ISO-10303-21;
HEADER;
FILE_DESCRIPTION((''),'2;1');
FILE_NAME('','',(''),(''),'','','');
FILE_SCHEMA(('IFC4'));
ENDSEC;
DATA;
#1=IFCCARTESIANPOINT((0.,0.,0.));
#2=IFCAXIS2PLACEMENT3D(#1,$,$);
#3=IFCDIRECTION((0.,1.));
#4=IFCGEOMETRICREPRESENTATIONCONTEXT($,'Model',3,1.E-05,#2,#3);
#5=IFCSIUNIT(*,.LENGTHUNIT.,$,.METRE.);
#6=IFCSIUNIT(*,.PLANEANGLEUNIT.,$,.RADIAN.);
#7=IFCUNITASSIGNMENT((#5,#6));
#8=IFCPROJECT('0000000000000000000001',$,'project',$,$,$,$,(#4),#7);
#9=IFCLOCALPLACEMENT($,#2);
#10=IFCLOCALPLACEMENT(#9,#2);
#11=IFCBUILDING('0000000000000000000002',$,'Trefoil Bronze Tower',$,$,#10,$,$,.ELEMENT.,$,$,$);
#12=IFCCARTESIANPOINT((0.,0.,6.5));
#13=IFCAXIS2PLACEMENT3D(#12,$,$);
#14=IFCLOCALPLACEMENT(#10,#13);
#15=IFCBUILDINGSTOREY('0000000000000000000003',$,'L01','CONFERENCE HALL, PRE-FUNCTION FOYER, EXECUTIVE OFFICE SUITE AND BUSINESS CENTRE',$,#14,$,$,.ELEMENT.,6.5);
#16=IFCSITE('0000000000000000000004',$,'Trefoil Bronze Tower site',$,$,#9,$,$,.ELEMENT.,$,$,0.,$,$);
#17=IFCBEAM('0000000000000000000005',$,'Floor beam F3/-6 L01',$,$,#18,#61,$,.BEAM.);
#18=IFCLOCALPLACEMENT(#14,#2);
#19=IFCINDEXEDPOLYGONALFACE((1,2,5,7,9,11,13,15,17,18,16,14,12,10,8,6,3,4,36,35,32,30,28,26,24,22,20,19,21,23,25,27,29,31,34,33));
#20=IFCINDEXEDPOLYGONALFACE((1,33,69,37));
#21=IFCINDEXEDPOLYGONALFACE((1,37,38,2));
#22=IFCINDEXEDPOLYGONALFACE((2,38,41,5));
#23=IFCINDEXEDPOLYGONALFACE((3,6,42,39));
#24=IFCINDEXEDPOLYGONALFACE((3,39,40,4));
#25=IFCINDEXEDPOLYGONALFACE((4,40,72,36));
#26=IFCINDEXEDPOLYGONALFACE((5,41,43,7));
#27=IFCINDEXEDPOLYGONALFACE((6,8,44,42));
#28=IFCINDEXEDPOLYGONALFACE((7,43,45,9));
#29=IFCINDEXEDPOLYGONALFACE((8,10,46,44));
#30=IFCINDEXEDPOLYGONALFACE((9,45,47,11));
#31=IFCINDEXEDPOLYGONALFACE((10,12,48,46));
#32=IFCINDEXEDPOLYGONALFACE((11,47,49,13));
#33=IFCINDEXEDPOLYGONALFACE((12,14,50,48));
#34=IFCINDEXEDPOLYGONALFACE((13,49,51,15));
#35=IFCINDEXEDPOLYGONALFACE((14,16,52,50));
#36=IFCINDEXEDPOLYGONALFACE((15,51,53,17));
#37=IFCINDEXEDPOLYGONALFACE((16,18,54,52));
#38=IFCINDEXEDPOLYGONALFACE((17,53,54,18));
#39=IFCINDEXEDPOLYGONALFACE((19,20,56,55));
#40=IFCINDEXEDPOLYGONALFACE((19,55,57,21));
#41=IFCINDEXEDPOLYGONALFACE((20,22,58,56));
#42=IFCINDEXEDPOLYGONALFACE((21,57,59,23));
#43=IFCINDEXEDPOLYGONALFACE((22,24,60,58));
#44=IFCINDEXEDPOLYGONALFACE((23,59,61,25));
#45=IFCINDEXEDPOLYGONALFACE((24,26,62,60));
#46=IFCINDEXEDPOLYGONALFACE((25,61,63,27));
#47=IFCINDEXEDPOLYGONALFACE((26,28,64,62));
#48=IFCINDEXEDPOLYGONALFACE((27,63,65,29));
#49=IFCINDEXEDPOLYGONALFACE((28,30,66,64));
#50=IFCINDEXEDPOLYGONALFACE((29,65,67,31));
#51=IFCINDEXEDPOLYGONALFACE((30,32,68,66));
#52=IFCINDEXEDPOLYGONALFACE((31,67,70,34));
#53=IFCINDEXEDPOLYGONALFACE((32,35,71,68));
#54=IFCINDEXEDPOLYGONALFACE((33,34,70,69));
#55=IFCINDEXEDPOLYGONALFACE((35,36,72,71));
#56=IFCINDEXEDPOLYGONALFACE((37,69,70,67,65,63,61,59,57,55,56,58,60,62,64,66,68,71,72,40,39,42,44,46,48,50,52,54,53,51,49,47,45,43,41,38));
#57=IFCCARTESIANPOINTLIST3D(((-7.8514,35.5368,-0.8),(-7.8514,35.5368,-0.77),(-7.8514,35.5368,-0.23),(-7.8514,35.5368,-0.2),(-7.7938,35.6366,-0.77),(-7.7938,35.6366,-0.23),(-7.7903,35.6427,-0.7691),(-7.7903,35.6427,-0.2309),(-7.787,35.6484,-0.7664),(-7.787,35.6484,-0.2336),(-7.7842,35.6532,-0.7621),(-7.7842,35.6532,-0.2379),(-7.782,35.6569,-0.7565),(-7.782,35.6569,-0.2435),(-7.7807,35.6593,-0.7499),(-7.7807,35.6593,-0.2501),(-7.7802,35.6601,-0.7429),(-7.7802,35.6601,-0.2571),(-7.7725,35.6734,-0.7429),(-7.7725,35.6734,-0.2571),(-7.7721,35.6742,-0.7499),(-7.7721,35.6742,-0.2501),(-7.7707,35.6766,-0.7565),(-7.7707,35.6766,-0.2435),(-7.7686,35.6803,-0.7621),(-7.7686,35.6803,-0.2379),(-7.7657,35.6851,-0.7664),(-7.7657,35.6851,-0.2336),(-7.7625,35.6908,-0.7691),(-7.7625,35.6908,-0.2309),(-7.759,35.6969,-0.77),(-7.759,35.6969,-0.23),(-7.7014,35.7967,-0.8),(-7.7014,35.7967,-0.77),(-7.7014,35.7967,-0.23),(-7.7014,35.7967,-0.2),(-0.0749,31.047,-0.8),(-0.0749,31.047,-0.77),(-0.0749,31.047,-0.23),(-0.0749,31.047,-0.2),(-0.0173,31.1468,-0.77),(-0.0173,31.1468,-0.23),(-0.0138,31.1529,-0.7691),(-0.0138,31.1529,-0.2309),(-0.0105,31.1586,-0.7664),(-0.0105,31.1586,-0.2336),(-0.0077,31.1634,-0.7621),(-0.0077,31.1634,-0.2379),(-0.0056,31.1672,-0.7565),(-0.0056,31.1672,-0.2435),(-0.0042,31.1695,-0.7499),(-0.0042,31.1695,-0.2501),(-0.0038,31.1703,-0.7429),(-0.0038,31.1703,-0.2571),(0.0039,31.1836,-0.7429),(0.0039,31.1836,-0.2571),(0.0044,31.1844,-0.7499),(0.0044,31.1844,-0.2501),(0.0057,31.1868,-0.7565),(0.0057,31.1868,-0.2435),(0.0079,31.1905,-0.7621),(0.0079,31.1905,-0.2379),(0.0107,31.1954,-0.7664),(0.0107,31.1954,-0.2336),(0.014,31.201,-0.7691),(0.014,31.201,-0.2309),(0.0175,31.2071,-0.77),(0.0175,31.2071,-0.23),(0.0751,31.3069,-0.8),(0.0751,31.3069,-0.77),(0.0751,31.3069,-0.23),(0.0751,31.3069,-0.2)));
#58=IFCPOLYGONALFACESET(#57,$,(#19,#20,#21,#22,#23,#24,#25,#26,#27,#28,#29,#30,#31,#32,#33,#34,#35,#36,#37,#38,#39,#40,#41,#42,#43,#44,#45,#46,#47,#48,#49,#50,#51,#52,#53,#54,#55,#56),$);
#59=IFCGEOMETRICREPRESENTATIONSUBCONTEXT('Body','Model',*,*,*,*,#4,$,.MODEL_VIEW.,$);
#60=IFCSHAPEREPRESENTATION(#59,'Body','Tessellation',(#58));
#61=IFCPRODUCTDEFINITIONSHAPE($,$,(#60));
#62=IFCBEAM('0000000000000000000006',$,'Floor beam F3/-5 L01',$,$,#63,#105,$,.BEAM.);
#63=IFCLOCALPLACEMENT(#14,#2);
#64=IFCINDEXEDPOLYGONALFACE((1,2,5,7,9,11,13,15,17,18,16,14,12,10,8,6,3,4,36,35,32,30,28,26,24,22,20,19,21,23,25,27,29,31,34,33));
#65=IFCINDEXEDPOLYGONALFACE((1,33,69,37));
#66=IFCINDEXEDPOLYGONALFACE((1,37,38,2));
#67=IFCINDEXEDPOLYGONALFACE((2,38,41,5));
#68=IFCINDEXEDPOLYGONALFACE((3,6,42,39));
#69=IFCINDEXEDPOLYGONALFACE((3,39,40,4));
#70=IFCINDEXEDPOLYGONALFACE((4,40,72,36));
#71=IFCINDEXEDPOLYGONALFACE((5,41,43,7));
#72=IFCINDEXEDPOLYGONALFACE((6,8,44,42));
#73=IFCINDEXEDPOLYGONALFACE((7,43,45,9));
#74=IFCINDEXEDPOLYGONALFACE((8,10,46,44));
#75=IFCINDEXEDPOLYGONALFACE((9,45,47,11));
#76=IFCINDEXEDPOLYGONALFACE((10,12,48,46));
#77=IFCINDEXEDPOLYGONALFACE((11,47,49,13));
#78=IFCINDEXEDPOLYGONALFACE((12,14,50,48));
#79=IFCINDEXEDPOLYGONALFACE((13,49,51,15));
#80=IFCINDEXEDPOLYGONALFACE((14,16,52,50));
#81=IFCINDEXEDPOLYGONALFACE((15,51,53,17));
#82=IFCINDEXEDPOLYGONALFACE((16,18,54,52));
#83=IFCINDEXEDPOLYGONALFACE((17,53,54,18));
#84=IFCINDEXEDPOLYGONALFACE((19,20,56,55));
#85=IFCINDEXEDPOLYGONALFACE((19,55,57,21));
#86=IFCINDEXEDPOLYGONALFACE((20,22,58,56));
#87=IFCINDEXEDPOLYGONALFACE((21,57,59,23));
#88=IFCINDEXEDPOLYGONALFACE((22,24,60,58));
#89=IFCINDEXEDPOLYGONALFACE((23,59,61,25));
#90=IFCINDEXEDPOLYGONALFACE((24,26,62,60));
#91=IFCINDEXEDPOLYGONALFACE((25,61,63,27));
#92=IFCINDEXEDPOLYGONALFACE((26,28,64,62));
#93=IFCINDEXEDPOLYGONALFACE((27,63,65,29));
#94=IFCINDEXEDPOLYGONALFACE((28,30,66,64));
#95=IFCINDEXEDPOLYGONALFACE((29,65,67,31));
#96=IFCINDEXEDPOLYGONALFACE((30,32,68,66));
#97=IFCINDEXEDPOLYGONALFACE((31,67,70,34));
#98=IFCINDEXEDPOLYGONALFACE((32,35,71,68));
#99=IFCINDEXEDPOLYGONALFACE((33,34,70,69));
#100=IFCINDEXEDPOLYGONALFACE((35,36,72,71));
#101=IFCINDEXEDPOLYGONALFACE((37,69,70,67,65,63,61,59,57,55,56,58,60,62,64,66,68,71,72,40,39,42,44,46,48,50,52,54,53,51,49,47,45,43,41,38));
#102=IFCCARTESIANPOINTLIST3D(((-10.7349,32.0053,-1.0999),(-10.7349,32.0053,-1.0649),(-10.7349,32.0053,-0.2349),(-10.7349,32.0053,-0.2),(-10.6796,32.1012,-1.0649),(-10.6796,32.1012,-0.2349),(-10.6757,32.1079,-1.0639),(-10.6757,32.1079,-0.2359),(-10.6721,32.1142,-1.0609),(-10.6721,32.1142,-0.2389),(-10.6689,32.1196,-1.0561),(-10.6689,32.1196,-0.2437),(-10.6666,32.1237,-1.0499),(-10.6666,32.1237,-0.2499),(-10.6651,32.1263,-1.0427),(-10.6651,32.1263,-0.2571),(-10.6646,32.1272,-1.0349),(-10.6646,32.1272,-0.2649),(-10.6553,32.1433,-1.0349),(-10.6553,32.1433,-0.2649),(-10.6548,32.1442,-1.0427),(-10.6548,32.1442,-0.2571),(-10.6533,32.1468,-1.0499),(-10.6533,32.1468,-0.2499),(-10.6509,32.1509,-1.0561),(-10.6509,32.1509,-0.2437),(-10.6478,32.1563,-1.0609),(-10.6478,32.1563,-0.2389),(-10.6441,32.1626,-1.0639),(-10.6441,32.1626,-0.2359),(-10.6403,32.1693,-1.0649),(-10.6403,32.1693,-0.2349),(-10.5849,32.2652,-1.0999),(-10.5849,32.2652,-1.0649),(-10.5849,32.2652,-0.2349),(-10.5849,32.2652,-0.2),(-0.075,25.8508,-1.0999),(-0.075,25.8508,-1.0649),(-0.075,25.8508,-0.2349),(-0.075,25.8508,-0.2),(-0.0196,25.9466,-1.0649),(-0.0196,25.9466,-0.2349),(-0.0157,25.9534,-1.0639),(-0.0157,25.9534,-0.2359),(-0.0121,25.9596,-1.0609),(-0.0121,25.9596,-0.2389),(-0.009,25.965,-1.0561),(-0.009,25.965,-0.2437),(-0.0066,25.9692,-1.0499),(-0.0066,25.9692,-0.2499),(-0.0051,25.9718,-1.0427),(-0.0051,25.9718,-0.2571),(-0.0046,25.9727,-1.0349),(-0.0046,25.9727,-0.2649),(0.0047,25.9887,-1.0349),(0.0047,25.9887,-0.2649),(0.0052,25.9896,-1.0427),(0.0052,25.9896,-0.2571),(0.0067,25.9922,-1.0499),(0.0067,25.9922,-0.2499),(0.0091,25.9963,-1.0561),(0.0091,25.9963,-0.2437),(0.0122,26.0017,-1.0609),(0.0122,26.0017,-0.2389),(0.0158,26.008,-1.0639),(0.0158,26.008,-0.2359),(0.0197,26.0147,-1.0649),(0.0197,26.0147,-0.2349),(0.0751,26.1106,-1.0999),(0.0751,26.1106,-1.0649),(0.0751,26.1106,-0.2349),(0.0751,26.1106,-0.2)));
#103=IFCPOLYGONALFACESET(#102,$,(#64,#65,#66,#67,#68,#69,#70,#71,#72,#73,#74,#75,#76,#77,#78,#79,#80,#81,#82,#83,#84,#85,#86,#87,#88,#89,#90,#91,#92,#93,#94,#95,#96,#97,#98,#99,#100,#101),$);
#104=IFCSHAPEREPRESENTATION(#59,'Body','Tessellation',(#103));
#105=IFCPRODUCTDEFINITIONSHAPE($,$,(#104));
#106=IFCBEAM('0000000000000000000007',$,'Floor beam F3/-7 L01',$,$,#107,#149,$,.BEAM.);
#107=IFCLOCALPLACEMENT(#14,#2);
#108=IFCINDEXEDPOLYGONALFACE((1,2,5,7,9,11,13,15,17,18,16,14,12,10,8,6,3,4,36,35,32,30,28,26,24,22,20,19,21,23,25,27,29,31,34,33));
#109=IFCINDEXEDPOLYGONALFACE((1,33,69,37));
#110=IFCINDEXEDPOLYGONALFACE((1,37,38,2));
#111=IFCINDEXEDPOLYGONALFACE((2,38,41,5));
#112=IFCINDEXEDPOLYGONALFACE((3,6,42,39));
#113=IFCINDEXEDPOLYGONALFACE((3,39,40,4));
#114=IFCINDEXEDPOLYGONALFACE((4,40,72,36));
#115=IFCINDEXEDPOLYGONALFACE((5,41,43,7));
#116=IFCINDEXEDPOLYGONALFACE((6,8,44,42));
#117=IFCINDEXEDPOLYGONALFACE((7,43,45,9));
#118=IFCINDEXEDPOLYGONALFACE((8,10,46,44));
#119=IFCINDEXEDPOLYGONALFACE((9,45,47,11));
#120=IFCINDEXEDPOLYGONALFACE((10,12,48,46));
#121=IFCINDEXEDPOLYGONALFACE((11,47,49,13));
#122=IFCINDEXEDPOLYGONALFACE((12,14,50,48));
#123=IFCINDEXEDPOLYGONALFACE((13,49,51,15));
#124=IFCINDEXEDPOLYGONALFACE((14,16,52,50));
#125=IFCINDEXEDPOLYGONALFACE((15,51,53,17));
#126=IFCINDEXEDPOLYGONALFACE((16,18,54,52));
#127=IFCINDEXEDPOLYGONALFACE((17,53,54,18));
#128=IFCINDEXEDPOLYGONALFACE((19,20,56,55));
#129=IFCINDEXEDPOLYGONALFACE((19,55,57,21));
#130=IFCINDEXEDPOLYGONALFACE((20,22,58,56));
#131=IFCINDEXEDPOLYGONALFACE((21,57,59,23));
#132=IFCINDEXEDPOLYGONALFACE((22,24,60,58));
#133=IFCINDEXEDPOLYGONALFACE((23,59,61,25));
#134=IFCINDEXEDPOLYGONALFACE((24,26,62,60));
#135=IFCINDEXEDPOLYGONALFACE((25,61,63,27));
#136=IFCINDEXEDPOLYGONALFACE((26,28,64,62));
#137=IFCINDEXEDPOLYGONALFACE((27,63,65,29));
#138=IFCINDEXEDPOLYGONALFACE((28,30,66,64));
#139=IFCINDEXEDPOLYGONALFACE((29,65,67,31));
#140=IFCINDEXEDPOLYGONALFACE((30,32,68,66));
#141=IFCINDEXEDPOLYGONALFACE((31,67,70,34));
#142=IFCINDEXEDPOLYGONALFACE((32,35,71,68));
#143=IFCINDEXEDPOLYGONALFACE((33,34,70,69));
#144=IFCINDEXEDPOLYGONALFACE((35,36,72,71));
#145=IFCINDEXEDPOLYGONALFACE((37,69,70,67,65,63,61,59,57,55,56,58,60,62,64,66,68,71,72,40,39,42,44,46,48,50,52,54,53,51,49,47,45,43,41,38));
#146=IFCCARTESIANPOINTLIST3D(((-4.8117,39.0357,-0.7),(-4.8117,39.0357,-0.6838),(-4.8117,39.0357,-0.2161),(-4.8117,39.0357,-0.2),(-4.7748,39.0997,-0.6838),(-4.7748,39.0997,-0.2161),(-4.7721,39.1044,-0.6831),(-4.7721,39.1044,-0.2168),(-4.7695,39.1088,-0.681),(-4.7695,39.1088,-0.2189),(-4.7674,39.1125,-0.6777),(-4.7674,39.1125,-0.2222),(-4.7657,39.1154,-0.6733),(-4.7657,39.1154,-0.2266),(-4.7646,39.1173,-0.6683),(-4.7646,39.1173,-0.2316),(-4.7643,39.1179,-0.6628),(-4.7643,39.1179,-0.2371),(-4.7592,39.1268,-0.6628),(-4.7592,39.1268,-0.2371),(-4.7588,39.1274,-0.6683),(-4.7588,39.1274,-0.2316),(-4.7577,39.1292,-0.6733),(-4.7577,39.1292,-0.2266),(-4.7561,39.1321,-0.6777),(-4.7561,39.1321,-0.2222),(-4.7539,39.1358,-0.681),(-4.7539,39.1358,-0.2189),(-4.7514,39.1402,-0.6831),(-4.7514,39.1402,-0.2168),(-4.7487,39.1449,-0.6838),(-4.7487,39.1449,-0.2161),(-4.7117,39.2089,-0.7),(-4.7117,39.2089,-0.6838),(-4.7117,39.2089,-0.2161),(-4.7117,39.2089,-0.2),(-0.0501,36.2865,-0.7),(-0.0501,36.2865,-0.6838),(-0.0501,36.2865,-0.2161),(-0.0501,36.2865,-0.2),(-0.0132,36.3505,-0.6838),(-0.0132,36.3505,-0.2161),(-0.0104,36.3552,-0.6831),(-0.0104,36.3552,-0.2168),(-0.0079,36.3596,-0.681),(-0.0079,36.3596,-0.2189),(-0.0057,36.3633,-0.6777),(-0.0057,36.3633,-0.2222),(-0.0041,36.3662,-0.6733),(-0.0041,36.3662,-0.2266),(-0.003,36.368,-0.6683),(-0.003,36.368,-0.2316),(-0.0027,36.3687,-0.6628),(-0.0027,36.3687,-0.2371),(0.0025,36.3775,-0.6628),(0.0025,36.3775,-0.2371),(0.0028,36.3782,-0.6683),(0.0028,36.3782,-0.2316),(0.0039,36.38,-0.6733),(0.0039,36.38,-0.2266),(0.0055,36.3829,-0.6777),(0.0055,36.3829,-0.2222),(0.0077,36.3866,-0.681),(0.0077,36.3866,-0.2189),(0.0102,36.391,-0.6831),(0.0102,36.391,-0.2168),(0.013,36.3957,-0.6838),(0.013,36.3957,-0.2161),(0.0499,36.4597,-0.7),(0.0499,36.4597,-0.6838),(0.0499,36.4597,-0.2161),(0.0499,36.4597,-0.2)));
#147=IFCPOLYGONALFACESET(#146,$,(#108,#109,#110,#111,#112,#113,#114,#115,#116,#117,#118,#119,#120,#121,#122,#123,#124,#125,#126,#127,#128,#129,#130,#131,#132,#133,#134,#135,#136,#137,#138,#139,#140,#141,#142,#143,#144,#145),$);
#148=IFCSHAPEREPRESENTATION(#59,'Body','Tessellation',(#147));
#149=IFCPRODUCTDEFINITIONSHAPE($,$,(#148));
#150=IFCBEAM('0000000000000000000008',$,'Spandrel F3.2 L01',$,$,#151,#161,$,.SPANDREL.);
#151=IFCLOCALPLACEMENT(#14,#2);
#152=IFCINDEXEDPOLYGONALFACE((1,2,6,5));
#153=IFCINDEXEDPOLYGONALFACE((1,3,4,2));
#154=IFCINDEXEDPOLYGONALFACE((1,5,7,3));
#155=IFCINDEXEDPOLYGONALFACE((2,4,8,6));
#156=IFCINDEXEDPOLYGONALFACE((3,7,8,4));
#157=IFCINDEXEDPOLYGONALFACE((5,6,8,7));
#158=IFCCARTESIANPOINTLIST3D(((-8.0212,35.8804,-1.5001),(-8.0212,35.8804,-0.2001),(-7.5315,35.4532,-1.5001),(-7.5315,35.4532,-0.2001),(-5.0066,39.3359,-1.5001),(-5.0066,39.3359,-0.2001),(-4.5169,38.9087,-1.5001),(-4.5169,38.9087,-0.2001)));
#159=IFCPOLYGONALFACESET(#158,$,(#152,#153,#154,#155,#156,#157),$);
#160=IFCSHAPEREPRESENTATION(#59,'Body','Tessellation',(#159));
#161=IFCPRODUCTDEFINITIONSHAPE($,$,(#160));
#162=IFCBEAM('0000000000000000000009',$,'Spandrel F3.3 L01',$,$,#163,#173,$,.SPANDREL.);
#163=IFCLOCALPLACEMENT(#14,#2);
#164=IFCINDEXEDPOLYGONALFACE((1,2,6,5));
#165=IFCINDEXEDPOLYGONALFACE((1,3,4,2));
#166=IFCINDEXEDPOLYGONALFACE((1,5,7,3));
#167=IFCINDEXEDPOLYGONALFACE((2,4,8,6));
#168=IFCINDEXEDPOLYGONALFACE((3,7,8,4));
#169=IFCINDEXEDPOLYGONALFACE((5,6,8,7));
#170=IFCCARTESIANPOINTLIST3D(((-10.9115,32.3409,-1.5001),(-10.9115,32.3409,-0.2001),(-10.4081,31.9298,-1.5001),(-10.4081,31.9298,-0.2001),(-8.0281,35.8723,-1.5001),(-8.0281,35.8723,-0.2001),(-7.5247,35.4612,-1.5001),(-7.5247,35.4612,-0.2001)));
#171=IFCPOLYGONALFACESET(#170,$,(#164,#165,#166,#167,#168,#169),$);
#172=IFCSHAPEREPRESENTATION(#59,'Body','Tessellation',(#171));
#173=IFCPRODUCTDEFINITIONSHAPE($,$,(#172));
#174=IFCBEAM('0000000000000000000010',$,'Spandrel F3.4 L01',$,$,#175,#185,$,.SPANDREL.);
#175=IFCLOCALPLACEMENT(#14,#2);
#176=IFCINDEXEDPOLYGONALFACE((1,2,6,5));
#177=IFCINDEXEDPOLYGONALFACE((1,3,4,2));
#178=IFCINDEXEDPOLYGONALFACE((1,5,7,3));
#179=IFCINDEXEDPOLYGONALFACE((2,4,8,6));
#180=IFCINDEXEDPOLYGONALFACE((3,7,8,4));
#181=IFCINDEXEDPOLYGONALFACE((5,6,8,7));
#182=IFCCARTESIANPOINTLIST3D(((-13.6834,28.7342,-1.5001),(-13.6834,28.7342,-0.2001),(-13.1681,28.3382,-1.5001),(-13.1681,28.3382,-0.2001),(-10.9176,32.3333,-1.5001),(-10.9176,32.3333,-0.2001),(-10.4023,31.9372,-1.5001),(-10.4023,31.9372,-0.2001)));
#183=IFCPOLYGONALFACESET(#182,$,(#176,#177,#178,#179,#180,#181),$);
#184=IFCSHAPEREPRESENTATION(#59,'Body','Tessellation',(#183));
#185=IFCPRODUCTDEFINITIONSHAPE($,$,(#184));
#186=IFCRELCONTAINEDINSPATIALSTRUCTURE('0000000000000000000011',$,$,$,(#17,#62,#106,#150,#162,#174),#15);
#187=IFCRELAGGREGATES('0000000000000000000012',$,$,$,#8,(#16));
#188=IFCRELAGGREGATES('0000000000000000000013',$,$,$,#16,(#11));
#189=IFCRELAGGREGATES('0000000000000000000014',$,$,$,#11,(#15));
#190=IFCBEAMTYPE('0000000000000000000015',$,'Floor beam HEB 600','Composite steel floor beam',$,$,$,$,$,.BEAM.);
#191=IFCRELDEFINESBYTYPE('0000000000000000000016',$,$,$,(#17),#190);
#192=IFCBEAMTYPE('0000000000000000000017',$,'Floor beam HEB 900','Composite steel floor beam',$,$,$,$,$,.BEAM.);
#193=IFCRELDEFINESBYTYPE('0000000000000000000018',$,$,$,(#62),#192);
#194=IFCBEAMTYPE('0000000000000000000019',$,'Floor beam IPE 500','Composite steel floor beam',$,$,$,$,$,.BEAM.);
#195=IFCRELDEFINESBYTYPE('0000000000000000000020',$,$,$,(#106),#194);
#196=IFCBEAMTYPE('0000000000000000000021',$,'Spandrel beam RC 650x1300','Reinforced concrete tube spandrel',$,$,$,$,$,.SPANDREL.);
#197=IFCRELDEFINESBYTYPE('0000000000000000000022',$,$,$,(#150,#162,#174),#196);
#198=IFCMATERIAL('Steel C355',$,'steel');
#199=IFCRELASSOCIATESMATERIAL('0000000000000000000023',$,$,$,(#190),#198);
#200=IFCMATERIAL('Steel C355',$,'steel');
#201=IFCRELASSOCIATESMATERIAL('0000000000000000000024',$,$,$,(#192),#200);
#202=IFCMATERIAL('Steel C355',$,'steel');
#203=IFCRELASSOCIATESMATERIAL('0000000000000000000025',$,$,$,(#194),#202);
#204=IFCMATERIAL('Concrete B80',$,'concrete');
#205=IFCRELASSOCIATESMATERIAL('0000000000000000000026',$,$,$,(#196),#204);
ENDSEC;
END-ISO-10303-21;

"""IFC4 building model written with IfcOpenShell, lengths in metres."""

from ifc_helpers import new_model, si_unit, direction, frame, origin, origin_2d, place, context, subcontext, project, spatial, rectangle, i_section, extrude, material, material_profile, profile_set, type_object, element, save


model = new_model("IFC4")

# Units and contexts
model_context = context("Model", 3, precision=1e-05, world=origin(), true_north=direction((0.0, 1.0)))
body_context = subcontext(model_context, "Body", "Model", "MODEL_VIEW")
ifc_project = project(units=[si_unit("LENGTHUNIT", "METRE"), si_unit("PLANEANGLEUNIT", "RADIAN")], contexts=[model_context])

# Site, building, storey
site_placement = place(None, origin())
site = spatial("IfcSite", under=ifc_project, at=site_placement, Name="Trefoil Bronze Tower site", CompositionType="ELEMENT", RefElevation=0.0)
building_placement = place(site_placement, origin())
building = spatial("IfcBuilding", under=site, at=building_placement, Name="Trefoil Bronze Tower", CompositionType="ELEMENT")
storey_placement = place(building_placement, frame((0.0, 0.0, 6.5)))
storey = spatial("IfcBuildingStorey", under=building, at=storey_placement, Name="L01", Description="CONFERENCE HALL, PRE-FUNCTION FOYER, EXECUTIVE OFFICE SUITE AND BUSINESS CENTRE", CompositionType="ELEMENT", Elevation=6.5)

# Beams
ifc_material_1 = material(Name="Steel C355", Category="steel")
ifc_material_profile_1 = material_profile(ifc_material_1, i_section(OverallWidth=0.3, OverallDepth=0.6001, WebThickness=0.0154, FlangeThickness=0.03, FilletRadius=0.0271, at=origin_2d()), Name="HEB 600")
ifc_profile_set_1 = profile_set([ifc_material_profile_1], Name="Steel C355")
beam_type_1 = type_object("IfcBeamType", Name="Floor beam HEB 600", Description="Composite steel floor beam", PredefinedType="BEAM", material=ifc_profile_set_1)
beam_1_placement = place(storey_placement, frame((-7.7764, 35.6667, -0.5), z_axis=(0.866023, -0.500005, 0.0), x_axis=(0.500005, 0.866023, 0.0)))
element("IfcBeam", 1, at=beam_1_placement, inside=storey, type_object=beam_type_1, Name="Floor beam F3/-6 L01", PredefinedType="BEAM", context=body_context, shape_type="SweptSolid", body=[
    extrude(i_section(OverallWidth=0.3, OverallDepth=0.6001, WebThickness=0.0154, FlangeThickness=0.03, FilletRadius=0.0271, at=origin_2d()), origin(), (0.0, 0.0, 1.0), 8.9795),
])
ifc_material_2 = material(Name="Steel C355", Category="steel")
ifc_material_profile_2 = material_profile(ifc_material_2, i_section(OverallWidth=0.3, OverallDepth=0.8999, WebThickness=0.0186, FlangeThickness=0.0349, FilletRadius=0.03, at=origin_2d()), Name="HEB 900")
ifc_profile_set_2 = profile_set([ifc_material_profile_2], Name="Steel C355")
beam_type_2 = type_object("IfcBeamType", Name="Floor beam HEB 900", Description="Composite steel floor beam", PredefinedType="BEAM", material=ifc_profile_set_2)
beam_2_placement = place(storey_placement, frame((-10.6599, 32.1353, -0.6499), z_axis=(0.866024, -0.500002, 0.0), x_axis=(0.500002, 0.866024, 0.0)))
element("IfcBeam", 2, at=beam_2_placement, inside=storey, type_object=beam_type_2, Name="Floor beam F3/-5 L01", PredefinedType="BEAM", context=body_context, shape_type="SweptSolid", body=[
    extrude(i_section(OverallWidth=0.3, OverallDepth=0.8999, WebThickness=0.0186, FlangeThickness=0.0349, FilletRadius=0.03, at=origin_2d()), origin(), (0.0, 0.0, 1.0), 12.3091),
])
ifc_material_3 = material(Name="Steel C355", Category="steel")
ifc_material_profile_3 = material_profile(ifc_material_3, i_section(OverallWidth=0.2, OverallDepth=0.5, WebThickness=0.0103, FlangeThickness=0.0161, FilletRadius=0.021, at=origin_2d()), Name="IPE 500")
ifc_profile_set_3 = profile_set([ifc_material_profile_3], Name="Steel C355")
beam_type_3 = type_object("IfcBeamType", Name="Floor beam IPE 500", Description="Composite steel floor beam", PredefinedType="BEAM", material=ifc_profile_set_3)
beam_3_placement = place(storey_placement, frame((-4.7617, 39.1223, -0.45), z_axis=(0.866018, -0.500012, 0.0), x_axis=(0.500012, 0.866018, 0.0)))
element("IfcBeam", 3, at=beam_3_placement, inside=storey, type_object=beam_type_3, Name="Floor beam F3/-7 L01", PredefinedType="BEAM", context=body_context, shape_type="SweptSolid", body=[
    extrude(i_section(OverallWidth=0.2, OverallDepth=0.5, WebThickness=0.0103, FlangeThickness=0.0161, FilletRadius=0.021, at=origin_2d()), origin(), (0.0, 0.0, 1.0), 5.4983),
])
ifc_material_4 = material(Name="Concrete B80", Category="concrete")
ifc_material_profile_4 = material_profile(ifc_material_4, rectangle(XDim=0.6499, YDim=1.3, at=origin_2d()), Name="RC 650x1300")
ifc_profile_set_4 = profile_set([ifc_material_profile_4], Name="Concrete B80")
beam_type_4 = type_object("IfcBeamType", Name="Spandrel beam RC 650x1300", Description="Reinforced concrete tube spandrel", PredefinedType="SPANDREL", material=ifc_profile_set_4)
beam_4_placement = place(storey_placement, frame((-4.7617, 39.1223, -0.8501), z_axis=(-0.657396, -0.753545, 0.0), x_axis=(0.753545, -0.657396, 0.0)))
element("IfcBeam", 4, at=beam_4_placement, inside=storey, type_object=beam_type_4, Name="Spandrel F3.2 L01", PredefinedType="SPANDREL", context=body_context, shape_type="SweptSolid", body=[
    extrude(rectangle(XDim=0.6499, YDim=1.3, at=origin_2d()), origin(), (0.0, 0.0, 1.0), 4.5857),
])
beam_5_placement = place(storey_placement, frame((-7.7764, 35.6667, -0.8501), z_axis=(-0.632468, -0.774587, 0.0), x_axis=(0.774587, -0.632468, 0.0)))
element("IfcBeam", 5, at=beam_5_placement, inside=storey, type_object=beam_type_4, Name="Spandrel F3.3 L01", PredefinedType="SPANDREL", context=body_context, shape_type="SweptSolid", body=[
    extrude(rectangle(XDim=0.6499, YDim=1.3, at=origin_2d()), origin(), (0.0, 0.0, 1.0), 4.5591),
])
beam_6_placement = place(storey_placement, frame((-10.6599, 32.1353, -0.8501), z_axis=(-0.609339, -0.79291, 0.0), x_axis=(0.79291, -0.609339, 0.0)))
element("IfcBeam", 6, at=beam_6_placement, inside=storey, type_object=beam_type_4, Name="Spandrel F3.4 L01", PredefinedType="SPANDREL", context=body_context, shape_type="SweptSolid", body=[
    extrude(rectangle(XDim=0.6499, YDim=1.3, at=origin_2d()), origin(), (0.0, 0.0, 1.0), 4.5391),
])

save(model, "model.ifc")
